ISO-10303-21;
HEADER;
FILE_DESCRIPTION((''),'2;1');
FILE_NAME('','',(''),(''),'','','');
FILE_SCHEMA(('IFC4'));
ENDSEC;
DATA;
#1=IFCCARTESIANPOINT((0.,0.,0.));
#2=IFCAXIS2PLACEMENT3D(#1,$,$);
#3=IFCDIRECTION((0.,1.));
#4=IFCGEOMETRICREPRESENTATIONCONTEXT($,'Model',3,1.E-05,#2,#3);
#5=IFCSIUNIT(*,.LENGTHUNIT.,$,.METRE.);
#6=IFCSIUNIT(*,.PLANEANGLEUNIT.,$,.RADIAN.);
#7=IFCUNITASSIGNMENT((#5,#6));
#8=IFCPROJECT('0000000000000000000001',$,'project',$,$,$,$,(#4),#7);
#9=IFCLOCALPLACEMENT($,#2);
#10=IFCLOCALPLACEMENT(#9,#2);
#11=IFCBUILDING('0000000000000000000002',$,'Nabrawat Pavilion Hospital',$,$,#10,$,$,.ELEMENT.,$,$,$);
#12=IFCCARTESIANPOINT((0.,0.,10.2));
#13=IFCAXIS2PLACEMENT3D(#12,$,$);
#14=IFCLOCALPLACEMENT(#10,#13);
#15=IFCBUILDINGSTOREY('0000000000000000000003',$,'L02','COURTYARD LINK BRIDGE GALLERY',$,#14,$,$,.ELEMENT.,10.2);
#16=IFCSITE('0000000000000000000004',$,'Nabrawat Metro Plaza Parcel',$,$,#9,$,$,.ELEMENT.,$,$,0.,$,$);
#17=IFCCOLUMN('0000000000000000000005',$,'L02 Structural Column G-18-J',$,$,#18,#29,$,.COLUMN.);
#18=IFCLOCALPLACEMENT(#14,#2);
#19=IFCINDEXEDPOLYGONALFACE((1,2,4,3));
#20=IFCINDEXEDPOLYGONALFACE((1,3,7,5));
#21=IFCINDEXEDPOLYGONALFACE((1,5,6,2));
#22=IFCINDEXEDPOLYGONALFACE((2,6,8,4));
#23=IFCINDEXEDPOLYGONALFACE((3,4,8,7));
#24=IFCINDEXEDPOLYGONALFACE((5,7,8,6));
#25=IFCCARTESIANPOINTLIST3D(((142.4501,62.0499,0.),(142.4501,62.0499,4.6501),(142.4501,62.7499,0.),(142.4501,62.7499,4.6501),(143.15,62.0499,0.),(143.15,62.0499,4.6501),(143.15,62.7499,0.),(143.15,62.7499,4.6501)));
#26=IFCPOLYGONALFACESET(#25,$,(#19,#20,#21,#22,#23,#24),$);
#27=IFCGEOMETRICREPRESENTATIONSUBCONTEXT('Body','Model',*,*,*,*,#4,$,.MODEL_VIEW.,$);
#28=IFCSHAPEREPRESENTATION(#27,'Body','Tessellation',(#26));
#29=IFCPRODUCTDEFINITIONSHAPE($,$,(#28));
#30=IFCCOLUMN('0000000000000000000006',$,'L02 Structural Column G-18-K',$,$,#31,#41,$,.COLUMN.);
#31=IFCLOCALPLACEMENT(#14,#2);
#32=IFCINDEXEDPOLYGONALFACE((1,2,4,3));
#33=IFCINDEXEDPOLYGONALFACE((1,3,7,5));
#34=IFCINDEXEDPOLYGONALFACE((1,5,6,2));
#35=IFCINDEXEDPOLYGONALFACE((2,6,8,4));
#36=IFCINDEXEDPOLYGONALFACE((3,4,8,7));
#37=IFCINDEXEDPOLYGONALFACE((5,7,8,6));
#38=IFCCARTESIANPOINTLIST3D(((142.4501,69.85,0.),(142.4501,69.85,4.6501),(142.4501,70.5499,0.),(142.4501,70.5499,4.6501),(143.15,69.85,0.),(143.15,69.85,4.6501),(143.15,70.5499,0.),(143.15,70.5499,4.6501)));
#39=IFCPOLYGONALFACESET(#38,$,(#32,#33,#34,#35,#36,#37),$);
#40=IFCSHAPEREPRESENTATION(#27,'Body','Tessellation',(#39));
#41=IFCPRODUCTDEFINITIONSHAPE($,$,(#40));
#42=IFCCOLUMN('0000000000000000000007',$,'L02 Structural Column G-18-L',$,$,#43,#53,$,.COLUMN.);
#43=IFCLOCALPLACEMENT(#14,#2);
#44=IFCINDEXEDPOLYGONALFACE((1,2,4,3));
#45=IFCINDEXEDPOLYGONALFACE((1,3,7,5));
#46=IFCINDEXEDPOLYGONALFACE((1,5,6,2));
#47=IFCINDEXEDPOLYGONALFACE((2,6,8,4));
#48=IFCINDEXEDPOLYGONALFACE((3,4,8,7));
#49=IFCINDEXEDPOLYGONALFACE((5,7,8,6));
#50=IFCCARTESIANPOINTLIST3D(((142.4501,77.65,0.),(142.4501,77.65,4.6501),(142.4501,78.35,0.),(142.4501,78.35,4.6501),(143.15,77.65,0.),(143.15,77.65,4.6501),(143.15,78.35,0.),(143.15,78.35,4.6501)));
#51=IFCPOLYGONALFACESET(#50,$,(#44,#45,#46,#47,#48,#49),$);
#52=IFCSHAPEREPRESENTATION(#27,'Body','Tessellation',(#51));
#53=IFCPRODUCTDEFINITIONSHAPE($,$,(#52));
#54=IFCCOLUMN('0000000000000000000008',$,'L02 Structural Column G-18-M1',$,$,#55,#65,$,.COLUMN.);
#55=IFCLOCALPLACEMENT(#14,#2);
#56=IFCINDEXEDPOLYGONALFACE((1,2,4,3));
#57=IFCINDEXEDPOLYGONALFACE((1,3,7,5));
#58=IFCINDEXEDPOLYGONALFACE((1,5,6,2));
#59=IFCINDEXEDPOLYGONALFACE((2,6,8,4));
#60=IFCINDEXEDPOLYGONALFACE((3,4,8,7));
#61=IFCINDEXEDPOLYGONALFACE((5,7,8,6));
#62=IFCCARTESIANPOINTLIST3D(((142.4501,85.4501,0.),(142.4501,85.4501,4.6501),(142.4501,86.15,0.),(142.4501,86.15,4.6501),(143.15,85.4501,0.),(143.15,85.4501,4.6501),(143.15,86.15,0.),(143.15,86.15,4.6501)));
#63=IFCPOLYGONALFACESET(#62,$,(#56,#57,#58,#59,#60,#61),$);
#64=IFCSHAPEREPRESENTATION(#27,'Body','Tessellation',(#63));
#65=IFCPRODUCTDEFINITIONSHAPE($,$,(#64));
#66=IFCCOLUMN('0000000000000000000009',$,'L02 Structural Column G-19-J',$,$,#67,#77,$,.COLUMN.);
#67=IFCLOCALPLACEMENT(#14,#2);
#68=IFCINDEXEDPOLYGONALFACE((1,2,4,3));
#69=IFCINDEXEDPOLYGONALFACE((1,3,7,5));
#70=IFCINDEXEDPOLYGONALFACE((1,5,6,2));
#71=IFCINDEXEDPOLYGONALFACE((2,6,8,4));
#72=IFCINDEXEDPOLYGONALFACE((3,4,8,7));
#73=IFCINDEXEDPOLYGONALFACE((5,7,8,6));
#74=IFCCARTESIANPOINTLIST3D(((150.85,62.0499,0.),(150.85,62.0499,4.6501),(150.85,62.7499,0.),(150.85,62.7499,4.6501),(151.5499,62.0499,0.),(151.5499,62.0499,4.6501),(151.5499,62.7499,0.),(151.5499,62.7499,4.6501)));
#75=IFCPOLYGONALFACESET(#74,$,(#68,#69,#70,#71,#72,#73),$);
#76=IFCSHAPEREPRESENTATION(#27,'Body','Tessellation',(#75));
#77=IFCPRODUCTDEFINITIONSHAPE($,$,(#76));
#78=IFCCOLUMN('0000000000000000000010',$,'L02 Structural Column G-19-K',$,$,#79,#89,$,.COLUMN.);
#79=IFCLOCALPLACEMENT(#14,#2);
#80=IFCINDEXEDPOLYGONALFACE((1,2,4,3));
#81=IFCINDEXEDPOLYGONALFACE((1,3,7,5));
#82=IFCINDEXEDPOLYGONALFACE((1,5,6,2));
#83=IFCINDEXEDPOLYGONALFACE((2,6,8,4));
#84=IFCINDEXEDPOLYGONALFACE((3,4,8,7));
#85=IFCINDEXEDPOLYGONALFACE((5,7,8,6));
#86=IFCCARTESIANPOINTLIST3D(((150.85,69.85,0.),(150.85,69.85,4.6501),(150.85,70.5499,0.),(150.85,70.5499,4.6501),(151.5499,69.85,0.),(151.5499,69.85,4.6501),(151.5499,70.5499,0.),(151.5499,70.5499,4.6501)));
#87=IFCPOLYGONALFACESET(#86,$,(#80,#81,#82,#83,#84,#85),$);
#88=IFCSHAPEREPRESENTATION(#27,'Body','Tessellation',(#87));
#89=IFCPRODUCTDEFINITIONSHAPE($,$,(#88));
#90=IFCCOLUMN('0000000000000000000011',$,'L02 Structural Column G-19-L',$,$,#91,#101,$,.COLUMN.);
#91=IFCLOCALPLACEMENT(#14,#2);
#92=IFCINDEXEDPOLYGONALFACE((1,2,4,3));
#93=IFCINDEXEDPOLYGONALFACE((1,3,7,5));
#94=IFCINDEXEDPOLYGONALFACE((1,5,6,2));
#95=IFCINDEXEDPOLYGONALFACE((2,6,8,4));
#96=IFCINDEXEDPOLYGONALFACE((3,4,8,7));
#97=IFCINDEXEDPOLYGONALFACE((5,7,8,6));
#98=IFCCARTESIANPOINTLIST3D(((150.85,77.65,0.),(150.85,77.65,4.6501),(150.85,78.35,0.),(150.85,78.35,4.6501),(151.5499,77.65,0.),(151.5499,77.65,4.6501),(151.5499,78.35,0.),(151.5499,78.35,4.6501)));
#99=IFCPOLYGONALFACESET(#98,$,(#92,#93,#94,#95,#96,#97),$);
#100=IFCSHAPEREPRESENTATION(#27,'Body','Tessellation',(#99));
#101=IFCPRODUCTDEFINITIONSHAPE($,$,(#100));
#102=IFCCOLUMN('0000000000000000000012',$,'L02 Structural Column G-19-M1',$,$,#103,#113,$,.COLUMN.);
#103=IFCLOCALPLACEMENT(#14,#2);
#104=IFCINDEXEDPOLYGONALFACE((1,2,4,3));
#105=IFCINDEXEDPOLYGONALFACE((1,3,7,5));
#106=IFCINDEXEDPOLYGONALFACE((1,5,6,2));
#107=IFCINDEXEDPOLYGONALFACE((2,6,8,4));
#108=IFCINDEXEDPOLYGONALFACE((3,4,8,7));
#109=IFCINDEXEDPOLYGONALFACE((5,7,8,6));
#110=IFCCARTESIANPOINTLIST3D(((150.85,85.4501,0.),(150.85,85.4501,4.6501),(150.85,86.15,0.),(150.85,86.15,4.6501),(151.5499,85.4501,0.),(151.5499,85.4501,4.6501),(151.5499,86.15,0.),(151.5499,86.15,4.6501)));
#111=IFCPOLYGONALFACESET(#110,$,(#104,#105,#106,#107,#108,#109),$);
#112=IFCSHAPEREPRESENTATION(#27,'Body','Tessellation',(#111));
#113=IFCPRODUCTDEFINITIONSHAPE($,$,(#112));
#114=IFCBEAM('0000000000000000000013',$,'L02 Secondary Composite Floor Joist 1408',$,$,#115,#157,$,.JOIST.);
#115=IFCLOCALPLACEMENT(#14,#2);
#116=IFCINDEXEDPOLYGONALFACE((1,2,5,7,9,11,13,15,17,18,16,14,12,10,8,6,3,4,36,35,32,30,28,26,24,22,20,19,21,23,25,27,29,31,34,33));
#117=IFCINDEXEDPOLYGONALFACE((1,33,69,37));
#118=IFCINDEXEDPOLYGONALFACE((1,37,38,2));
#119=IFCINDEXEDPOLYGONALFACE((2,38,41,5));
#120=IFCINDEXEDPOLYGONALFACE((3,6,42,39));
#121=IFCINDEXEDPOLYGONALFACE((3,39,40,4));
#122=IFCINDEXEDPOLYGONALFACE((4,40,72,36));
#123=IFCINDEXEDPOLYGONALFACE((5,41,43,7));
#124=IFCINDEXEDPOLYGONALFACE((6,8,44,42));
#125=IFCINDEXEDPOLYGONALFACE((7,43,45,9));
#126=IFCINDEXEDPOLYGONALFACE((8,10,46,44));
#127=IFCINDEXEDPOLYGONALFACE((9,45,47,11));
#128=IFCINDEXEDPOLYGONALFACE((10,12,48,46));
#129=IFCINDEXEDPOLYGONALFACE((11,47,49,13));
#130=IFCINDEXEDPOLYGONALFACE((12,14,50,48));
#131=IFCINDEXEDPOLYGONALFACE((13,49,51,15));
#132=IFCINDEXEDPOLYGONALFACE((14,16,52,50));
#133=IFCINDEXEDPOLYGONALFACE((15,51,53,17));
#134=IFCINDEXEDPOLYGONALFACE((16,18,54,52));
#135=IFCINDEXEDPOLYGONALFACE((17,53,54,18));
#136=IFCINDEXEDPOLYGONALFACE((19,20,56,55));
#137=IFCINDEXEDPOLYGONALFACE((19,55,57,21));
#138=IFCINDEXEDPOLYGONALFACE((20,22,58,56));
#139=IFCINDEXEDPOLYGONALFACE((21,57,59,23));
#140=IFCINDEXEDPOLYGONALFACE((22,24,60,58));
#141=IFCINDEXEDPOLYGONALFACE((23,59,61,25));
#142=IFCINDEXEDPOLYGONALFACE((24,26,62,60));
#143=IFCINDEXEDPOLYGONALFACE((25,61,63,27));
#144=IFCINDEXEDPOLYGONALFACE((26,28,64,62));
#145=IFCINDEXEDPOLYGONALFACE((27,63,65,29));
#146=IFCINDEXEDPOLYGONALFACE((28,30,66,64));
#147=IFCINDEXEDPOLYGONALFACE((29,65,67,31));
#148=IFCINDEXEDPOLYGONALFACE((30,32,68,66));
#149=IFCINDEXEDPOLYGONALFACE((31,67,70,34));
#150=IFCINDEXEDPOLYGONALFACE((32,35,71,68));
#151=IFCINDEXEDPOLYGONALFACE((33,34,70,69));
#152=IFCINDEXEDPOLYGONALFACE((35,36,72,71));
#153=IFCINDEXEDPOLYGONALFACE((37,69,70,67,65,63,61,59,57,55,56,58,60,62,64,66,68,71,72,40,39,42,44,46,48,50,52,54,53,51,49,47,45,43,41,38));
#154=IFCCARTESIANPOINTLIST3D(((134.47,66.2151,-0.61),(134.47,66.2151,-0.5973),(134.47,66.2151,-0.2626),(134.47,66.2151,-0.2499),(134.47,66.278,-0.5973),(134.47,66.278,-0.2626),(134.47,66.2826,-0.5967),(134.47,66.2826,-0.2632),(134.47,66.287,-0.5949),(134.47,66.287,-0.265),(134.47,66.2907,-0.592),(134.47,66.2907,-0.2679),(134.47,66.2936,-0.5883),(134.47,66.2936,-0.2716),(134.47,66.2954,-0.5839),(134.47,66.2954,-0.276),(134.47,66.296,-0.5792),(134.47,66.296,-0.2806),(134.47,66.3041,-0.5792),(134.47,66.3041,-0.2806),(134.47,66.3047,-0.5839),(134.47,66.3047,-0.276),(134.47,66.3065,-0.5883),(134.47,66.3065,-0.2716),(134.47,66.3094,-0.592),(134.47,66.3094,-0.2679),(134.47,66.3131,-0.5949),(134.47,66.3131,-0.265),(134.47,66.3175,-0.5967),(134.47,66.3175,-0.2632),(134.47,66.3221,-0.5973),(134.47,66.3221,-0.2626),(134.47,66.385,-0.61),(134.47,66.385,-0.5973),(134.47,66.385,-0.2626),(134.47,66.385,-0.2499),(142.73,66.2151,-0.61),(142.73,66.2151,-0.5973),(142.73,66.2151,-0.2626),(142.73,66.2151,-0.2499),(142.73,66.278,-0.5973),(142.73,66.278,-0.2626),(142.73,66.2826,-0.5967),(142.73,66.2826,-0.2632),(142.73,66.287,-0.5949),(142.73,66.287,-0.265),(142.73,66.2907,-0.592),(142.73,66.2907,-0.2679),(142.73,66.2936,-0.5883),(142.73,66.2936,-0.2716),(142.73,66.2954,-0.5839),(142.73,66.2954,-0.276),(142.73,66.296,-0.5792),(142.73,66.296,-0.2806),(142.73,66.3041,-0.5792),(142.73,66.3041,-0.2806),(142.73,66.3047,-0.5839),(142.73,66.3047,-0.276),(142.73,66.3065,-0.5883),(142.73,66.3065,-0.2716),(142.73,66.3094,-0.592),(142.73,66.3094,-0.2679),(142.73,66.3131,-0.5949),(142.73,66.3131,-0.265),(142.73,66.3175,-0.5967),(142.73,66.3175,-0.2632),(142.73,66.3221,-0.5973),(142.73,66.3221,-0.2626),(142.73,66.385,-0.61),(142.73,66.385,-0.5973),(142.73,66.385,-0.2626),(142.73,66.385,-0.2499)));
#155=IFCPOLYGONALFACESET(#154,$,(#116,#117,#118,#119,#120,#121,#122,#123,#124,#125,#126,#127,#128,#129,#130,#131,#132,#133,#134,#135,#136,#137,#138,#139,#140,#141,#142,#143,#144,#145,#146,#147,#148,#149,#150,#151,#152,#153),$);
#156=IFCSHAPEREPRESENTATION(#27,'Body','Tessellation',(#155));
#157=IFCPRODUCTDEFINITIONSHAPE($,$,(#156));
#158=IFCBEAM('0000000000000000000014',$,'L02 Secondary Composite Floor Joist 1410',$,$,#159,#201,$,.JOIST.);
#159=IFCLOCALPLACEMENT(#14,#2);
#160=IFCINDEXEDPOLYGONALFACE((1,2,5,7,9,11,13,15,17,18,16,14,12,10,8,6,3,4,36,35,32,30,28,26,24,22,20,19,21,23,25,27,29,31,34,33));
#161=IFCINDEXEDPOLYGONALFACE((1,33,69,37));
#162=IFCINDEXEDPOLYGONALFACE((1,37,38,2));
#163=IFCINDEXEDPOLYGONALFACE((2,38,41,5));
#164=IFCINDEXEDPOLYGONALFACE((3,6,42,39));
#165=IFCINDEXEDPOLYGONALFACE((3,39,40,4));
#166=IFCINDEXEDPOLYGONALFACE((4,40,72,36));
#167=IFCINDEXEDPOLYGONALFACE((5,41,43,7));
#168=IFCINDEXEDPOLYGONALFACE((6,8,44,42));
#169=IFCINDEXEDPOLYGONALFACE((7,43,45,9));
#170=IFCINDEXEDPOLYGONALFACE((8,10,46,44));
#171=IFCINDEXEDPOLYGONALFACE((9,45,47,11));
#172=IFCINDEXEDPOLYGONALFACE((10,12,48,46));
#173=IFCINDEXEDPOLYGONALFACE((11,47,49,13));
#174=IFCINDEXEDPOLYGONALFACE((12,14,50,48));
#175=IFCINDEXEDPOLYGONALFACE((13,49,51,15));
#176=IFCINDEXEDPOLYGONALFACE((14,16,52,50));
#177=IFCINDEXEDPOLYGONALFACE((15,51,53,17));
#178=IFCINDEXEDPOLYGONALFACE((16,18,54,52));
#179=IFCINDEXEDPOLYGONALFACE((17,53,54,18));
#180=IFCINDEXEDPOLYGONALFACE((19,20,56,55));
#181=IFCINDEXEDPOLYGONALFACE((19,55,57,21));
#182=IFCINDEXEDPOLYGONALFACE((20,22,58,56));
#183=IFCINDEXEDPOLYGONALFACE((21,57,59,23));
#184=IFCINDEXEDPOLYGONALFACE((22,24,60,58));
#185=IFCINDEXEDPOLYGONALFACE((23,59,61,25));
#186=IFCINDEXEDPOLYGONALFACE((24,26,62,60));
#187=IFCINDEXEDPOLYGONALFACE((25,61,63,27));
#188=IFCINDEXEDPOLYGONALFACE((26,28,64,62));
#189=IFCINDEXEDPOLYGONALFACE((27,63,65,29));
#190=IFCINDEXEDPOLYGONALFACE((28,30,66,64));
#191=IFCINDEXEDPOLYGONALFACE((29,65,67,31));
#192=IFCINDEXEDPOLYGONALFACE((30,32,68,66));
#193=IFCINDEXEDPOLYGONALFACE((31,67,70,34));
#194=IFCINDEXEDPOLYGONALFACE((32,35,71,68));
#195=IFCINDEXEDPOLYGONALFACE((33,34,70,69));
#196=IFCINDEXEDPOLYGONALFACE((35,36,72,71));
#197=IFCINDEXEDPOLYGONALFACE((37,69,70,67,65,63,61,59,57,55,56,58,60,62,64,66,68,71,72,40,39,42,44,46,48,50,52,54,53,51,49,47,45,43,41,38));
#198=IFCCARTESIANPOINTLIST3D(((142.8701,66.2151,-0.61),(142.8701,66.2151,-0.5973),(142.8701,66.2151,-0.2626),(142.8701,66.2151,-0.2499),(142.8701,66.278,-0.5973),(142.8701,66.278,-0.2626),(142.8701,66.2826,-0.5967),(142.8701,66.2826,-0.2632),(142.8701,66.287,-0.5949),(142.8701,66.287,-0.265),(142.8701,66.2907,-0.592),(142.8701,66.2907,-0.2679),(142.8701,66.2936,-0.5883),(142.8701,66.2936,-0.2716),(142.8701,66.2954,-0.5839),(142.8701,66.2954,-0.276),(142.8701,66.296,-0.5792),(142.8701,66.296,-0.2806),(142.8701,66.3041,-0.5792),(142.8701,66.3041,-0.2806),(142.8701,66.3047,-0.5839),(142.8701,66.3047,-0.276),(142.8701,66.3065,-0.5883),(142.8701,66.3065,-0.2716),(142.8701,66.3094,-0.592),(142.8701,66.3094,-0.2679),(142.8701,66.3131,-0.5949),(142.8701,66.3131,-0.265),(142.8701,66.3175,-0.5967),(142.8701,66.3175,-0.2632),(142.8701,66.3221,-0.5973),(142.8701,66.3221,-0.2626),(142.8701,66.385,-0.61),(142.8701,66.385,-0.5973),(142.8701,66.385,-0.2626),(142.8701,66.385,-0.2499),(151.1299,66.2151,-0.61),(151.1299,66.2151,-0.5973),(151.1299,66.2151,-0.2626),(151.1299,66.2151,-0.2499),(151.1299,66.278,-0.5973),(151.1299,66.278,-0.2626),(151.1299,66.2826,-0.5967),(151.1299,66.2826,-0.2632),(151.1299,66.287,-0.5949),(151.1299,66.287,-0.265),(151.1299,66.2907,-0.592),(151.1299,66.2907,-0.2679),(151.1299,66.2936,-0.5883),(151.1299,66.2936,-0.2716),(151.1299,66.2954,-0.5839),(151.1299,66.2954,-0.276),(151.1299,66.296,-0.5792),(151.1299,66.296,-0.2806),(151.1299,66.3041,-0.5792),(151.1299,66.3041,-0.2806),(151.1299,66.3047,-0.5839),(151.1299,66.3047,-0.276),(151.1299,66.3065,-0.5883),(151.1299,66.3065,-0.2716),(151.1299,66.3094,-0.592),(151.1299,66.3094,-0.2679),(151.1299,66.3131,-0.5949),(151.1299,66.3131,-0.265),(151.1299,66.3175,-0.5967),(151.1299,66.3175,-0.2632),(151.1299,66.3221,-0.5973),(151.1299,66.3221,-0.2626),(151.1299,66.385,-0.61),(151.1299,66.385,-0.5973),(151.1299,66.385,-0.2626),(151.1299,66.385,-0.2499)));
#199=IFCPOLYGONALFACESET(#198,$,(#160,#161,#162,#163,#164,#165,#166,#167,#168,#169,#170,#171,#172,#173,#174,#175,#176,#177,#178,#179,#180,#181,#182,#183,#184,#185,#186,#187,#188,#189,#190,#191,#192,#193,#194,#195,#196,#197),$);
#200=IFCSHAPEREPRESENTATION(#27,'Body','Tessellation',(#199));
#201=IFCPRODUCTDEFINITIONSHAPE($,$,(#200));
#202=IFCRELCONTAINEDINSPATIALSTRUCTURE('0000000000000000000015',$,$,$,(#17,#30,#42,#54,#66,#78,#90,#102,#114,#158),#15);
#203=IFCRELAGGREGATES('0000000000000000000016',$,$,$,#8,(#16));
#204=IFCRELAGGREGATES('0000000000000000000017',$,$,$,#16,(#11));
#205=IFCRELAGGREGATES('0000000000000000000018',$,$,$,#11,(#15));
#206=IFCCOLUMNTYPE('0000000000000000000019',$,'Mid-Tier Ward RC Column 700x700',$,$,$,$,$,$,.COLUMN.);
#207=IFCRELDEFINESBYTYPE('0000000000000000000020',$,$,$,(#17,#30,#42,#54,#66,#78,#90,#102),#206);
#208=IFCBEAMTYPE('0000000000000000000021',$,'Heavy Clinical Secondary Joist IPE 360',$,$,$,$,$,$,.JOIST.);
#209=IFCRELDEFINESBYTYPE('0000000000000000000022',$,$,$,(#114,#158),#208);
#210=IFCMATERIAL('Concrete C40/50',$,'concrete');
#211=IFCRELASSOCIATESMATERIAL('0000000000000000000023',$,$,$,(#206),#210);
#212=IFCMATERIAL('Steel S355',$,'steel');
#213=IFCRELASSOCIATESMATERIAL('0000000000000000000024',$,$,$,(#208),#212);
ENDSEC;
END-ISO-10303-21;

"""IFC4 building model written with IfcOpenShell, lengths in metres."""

from ifc_helpers import new_model, si_unit, direction, frame, origin, origin_2d, place, context, subcontext, project, spatial, rectangle, i_section, extrude, material, material_profile, profile_set, type_object, element, save


model = new_model("IFC4")

# Units and contexts
model_context = context("Model", 3, precision=1e-05, world=origin(), true_north=direction((0.0, 1.0)))
body_context = subcontext(model_context, "Body", "Model", "MODEL_VIEW")
ifc_project = project(units=[si_unit("LENGTHUNIT", "METRE"), si_unit("PLANEANGLEUNIT", "RADIAN")], contexts=[model_context])

# Site, building, storey
site_placement = place(None, origin())
site = spatial("IfcSite", under=ifc_project, at=site_placement, Name="Nabrawat Metro Plaza Parcel", CompositionType="ELEMENT", RefElevation=0.0)
building_placement = place(site_placement, origin())
building = spatial("IfcBuilding", under=site, at=building_placement, Name="Nabrawat Pavilion Hospital", CompositionType="ELEMENT")
storey_placement = place(building_placement, frame((0.0, 0.0, 10.2)))
storey = spatial("IfcBuildingStorey", under=building, at=storey_placement, Name="L02", Description="COURTYARD LINK BRIDGE GALLERY", CompositionType="ELEMENT", Elevation=10.2)

# Columns
ifc_material_1 = material(Name="Concrete C40/50", Category="concrete")
ifc_material_profile_1 = material_profile(ifc_material_1, rectangle(XDim=0.7, YDim=0.7, at=origin_2d()), Name="RC 700x700")
ifc_profile_set_1 = profile_set([ifc_material_profile_1], Name="Concrete C40/50")
column_type = type_object("IfcColumnType", Name="Mid-Tier Ward RC Column 700x700", PredefinedType="COLUMN", material=ifc_profile_set_1)
for number, where, z_axis, x_axis, name in (
    (1, (142.8, 62.3999, 0.0), (0.0, 0.0, 1.0), (1.0, 0.0, 0.0), "L02 Structural Column G-18-J"),
    (2, (142.8, 70.2, 0.0), (0.0, 0.0, 1.0), (1.0, 0.0, 0.0), "L02 Structural Column G-18-K"),
    (3, (142.8, 78.0, 0.0), (0.0, 0.0, 1.0), (1.0, 0.0, 0.0), "L02 Structural Column G-18-L"),
    (4, (142.8, 85.8, 0.0), (0.0, 0.0, 1.0), (1.0, 0.0, 0.0), "L02 Structural Column G-18-M1"),
    (5, (151.2, 62.3999, 0.0), (0.0, 0.0, 1.0), (1.0, 0.0, 0.0), "L02 Structural Column G-19-J"),
    (6, (151.2, 70.2, 0.0), (0.0, 0.0, 1.0), (1.0, 0.0, 0.0), "L02 Structural Column G-19-K"),
    (7, (151.2, 78.0, 0.0), (0.0, 0.0, 1.0), (1.0, 0.0, 0.0), "L02 Structural Column G-19-L"),
    (8, (151.2, 85.8, 0.0), (0.0, 0.0, 1.0), (1.0, 0.0, 0.0), "L02 Structural Column G-19-M1"),
):
    element("IfcColumn", number, at=place(storey_placement, frame(where, z_axis=z_axis, x_axis=x_axis)), inside=storey, type_object=column_type, Name=name, PredefinedType="COLUMN", context=body_context, shape_type="SweptSolid", body=[
        extrude(rectangle(XDim=0.7, YDim=0.7, at=origin_2d()), origin(), (0.0, 0.0, 1.0), 4.6501),
    ])

# Beams
ifc_material_2 = material(Name="Steel S355", Category="steel")
ifc_material_profile_2 = material_profile(ifc_material_2, i_section(OverallWidth=0.1699, OverallDepth=0.3601, WebThickness=0.0081, FlangeThickness=0.0127, FilletRadius=0.0181, at=origin_2d()), Name="IPE 360")
ifc_profile_set_2 = profile_set([ifc_material_profile_2], Name="Steel S355")
beam_type_1 = type_object("IfcBeamType", Name="Heavy Clinical Secondary Joist IPE 360", PredefinedType="JOIST", material=ifc_profile_set_2)
beam_1_placement = place(storey_placement, frame((134.47, 66.3, -0.4299), z_axis=(1.0, 0.0, 0.0), x_axis=(0.0, 1.0, 0.0)))
element("IfcBeam", 9, at=beam_1_placement, inside=storey, type_object=beam_type_1, Name="L02 Secondary Composite Floor Joist 1408", PredefinedType="JOIST", context=body_context, shape_type="SweptSolid", body=[
    extrude(i_section(OverallWidth=0.1699, OverallDepth=0.3601, WebThickness=0.0081, FlangeThickness=0.0127, FilletRadius=0.0181, at=origin_2d()), origin(), (0.0, 0.0, 1.0), 8.26),
])
beam_2_placement = place(storey_placement, frame((142.8701, 66.3, -0.4299), z_axis=(1.0, 0.0, 0.0), x_axis=(0.0, 1.0, 0.0)))
element("IfcBeam", 10, at=beam_2_placement, inside=storey, type_object=beam_type_1, Name="L02 Secondary Composite Floor Joist 1410", PredefinedType="JOIST", context=body_context, shape_type="SweptSolid", body=[
    extrude(i_section(OverallWidth=0.1699, OverallDepth=0.3601, WebThickness=0.0081, FlangeThickness=0.0127, FilletRadius=0.0181, at=origin_2d()), origin(), (0.0, 0.0, 1.0), 8.2598),
])

save(model, "model.ifc")
